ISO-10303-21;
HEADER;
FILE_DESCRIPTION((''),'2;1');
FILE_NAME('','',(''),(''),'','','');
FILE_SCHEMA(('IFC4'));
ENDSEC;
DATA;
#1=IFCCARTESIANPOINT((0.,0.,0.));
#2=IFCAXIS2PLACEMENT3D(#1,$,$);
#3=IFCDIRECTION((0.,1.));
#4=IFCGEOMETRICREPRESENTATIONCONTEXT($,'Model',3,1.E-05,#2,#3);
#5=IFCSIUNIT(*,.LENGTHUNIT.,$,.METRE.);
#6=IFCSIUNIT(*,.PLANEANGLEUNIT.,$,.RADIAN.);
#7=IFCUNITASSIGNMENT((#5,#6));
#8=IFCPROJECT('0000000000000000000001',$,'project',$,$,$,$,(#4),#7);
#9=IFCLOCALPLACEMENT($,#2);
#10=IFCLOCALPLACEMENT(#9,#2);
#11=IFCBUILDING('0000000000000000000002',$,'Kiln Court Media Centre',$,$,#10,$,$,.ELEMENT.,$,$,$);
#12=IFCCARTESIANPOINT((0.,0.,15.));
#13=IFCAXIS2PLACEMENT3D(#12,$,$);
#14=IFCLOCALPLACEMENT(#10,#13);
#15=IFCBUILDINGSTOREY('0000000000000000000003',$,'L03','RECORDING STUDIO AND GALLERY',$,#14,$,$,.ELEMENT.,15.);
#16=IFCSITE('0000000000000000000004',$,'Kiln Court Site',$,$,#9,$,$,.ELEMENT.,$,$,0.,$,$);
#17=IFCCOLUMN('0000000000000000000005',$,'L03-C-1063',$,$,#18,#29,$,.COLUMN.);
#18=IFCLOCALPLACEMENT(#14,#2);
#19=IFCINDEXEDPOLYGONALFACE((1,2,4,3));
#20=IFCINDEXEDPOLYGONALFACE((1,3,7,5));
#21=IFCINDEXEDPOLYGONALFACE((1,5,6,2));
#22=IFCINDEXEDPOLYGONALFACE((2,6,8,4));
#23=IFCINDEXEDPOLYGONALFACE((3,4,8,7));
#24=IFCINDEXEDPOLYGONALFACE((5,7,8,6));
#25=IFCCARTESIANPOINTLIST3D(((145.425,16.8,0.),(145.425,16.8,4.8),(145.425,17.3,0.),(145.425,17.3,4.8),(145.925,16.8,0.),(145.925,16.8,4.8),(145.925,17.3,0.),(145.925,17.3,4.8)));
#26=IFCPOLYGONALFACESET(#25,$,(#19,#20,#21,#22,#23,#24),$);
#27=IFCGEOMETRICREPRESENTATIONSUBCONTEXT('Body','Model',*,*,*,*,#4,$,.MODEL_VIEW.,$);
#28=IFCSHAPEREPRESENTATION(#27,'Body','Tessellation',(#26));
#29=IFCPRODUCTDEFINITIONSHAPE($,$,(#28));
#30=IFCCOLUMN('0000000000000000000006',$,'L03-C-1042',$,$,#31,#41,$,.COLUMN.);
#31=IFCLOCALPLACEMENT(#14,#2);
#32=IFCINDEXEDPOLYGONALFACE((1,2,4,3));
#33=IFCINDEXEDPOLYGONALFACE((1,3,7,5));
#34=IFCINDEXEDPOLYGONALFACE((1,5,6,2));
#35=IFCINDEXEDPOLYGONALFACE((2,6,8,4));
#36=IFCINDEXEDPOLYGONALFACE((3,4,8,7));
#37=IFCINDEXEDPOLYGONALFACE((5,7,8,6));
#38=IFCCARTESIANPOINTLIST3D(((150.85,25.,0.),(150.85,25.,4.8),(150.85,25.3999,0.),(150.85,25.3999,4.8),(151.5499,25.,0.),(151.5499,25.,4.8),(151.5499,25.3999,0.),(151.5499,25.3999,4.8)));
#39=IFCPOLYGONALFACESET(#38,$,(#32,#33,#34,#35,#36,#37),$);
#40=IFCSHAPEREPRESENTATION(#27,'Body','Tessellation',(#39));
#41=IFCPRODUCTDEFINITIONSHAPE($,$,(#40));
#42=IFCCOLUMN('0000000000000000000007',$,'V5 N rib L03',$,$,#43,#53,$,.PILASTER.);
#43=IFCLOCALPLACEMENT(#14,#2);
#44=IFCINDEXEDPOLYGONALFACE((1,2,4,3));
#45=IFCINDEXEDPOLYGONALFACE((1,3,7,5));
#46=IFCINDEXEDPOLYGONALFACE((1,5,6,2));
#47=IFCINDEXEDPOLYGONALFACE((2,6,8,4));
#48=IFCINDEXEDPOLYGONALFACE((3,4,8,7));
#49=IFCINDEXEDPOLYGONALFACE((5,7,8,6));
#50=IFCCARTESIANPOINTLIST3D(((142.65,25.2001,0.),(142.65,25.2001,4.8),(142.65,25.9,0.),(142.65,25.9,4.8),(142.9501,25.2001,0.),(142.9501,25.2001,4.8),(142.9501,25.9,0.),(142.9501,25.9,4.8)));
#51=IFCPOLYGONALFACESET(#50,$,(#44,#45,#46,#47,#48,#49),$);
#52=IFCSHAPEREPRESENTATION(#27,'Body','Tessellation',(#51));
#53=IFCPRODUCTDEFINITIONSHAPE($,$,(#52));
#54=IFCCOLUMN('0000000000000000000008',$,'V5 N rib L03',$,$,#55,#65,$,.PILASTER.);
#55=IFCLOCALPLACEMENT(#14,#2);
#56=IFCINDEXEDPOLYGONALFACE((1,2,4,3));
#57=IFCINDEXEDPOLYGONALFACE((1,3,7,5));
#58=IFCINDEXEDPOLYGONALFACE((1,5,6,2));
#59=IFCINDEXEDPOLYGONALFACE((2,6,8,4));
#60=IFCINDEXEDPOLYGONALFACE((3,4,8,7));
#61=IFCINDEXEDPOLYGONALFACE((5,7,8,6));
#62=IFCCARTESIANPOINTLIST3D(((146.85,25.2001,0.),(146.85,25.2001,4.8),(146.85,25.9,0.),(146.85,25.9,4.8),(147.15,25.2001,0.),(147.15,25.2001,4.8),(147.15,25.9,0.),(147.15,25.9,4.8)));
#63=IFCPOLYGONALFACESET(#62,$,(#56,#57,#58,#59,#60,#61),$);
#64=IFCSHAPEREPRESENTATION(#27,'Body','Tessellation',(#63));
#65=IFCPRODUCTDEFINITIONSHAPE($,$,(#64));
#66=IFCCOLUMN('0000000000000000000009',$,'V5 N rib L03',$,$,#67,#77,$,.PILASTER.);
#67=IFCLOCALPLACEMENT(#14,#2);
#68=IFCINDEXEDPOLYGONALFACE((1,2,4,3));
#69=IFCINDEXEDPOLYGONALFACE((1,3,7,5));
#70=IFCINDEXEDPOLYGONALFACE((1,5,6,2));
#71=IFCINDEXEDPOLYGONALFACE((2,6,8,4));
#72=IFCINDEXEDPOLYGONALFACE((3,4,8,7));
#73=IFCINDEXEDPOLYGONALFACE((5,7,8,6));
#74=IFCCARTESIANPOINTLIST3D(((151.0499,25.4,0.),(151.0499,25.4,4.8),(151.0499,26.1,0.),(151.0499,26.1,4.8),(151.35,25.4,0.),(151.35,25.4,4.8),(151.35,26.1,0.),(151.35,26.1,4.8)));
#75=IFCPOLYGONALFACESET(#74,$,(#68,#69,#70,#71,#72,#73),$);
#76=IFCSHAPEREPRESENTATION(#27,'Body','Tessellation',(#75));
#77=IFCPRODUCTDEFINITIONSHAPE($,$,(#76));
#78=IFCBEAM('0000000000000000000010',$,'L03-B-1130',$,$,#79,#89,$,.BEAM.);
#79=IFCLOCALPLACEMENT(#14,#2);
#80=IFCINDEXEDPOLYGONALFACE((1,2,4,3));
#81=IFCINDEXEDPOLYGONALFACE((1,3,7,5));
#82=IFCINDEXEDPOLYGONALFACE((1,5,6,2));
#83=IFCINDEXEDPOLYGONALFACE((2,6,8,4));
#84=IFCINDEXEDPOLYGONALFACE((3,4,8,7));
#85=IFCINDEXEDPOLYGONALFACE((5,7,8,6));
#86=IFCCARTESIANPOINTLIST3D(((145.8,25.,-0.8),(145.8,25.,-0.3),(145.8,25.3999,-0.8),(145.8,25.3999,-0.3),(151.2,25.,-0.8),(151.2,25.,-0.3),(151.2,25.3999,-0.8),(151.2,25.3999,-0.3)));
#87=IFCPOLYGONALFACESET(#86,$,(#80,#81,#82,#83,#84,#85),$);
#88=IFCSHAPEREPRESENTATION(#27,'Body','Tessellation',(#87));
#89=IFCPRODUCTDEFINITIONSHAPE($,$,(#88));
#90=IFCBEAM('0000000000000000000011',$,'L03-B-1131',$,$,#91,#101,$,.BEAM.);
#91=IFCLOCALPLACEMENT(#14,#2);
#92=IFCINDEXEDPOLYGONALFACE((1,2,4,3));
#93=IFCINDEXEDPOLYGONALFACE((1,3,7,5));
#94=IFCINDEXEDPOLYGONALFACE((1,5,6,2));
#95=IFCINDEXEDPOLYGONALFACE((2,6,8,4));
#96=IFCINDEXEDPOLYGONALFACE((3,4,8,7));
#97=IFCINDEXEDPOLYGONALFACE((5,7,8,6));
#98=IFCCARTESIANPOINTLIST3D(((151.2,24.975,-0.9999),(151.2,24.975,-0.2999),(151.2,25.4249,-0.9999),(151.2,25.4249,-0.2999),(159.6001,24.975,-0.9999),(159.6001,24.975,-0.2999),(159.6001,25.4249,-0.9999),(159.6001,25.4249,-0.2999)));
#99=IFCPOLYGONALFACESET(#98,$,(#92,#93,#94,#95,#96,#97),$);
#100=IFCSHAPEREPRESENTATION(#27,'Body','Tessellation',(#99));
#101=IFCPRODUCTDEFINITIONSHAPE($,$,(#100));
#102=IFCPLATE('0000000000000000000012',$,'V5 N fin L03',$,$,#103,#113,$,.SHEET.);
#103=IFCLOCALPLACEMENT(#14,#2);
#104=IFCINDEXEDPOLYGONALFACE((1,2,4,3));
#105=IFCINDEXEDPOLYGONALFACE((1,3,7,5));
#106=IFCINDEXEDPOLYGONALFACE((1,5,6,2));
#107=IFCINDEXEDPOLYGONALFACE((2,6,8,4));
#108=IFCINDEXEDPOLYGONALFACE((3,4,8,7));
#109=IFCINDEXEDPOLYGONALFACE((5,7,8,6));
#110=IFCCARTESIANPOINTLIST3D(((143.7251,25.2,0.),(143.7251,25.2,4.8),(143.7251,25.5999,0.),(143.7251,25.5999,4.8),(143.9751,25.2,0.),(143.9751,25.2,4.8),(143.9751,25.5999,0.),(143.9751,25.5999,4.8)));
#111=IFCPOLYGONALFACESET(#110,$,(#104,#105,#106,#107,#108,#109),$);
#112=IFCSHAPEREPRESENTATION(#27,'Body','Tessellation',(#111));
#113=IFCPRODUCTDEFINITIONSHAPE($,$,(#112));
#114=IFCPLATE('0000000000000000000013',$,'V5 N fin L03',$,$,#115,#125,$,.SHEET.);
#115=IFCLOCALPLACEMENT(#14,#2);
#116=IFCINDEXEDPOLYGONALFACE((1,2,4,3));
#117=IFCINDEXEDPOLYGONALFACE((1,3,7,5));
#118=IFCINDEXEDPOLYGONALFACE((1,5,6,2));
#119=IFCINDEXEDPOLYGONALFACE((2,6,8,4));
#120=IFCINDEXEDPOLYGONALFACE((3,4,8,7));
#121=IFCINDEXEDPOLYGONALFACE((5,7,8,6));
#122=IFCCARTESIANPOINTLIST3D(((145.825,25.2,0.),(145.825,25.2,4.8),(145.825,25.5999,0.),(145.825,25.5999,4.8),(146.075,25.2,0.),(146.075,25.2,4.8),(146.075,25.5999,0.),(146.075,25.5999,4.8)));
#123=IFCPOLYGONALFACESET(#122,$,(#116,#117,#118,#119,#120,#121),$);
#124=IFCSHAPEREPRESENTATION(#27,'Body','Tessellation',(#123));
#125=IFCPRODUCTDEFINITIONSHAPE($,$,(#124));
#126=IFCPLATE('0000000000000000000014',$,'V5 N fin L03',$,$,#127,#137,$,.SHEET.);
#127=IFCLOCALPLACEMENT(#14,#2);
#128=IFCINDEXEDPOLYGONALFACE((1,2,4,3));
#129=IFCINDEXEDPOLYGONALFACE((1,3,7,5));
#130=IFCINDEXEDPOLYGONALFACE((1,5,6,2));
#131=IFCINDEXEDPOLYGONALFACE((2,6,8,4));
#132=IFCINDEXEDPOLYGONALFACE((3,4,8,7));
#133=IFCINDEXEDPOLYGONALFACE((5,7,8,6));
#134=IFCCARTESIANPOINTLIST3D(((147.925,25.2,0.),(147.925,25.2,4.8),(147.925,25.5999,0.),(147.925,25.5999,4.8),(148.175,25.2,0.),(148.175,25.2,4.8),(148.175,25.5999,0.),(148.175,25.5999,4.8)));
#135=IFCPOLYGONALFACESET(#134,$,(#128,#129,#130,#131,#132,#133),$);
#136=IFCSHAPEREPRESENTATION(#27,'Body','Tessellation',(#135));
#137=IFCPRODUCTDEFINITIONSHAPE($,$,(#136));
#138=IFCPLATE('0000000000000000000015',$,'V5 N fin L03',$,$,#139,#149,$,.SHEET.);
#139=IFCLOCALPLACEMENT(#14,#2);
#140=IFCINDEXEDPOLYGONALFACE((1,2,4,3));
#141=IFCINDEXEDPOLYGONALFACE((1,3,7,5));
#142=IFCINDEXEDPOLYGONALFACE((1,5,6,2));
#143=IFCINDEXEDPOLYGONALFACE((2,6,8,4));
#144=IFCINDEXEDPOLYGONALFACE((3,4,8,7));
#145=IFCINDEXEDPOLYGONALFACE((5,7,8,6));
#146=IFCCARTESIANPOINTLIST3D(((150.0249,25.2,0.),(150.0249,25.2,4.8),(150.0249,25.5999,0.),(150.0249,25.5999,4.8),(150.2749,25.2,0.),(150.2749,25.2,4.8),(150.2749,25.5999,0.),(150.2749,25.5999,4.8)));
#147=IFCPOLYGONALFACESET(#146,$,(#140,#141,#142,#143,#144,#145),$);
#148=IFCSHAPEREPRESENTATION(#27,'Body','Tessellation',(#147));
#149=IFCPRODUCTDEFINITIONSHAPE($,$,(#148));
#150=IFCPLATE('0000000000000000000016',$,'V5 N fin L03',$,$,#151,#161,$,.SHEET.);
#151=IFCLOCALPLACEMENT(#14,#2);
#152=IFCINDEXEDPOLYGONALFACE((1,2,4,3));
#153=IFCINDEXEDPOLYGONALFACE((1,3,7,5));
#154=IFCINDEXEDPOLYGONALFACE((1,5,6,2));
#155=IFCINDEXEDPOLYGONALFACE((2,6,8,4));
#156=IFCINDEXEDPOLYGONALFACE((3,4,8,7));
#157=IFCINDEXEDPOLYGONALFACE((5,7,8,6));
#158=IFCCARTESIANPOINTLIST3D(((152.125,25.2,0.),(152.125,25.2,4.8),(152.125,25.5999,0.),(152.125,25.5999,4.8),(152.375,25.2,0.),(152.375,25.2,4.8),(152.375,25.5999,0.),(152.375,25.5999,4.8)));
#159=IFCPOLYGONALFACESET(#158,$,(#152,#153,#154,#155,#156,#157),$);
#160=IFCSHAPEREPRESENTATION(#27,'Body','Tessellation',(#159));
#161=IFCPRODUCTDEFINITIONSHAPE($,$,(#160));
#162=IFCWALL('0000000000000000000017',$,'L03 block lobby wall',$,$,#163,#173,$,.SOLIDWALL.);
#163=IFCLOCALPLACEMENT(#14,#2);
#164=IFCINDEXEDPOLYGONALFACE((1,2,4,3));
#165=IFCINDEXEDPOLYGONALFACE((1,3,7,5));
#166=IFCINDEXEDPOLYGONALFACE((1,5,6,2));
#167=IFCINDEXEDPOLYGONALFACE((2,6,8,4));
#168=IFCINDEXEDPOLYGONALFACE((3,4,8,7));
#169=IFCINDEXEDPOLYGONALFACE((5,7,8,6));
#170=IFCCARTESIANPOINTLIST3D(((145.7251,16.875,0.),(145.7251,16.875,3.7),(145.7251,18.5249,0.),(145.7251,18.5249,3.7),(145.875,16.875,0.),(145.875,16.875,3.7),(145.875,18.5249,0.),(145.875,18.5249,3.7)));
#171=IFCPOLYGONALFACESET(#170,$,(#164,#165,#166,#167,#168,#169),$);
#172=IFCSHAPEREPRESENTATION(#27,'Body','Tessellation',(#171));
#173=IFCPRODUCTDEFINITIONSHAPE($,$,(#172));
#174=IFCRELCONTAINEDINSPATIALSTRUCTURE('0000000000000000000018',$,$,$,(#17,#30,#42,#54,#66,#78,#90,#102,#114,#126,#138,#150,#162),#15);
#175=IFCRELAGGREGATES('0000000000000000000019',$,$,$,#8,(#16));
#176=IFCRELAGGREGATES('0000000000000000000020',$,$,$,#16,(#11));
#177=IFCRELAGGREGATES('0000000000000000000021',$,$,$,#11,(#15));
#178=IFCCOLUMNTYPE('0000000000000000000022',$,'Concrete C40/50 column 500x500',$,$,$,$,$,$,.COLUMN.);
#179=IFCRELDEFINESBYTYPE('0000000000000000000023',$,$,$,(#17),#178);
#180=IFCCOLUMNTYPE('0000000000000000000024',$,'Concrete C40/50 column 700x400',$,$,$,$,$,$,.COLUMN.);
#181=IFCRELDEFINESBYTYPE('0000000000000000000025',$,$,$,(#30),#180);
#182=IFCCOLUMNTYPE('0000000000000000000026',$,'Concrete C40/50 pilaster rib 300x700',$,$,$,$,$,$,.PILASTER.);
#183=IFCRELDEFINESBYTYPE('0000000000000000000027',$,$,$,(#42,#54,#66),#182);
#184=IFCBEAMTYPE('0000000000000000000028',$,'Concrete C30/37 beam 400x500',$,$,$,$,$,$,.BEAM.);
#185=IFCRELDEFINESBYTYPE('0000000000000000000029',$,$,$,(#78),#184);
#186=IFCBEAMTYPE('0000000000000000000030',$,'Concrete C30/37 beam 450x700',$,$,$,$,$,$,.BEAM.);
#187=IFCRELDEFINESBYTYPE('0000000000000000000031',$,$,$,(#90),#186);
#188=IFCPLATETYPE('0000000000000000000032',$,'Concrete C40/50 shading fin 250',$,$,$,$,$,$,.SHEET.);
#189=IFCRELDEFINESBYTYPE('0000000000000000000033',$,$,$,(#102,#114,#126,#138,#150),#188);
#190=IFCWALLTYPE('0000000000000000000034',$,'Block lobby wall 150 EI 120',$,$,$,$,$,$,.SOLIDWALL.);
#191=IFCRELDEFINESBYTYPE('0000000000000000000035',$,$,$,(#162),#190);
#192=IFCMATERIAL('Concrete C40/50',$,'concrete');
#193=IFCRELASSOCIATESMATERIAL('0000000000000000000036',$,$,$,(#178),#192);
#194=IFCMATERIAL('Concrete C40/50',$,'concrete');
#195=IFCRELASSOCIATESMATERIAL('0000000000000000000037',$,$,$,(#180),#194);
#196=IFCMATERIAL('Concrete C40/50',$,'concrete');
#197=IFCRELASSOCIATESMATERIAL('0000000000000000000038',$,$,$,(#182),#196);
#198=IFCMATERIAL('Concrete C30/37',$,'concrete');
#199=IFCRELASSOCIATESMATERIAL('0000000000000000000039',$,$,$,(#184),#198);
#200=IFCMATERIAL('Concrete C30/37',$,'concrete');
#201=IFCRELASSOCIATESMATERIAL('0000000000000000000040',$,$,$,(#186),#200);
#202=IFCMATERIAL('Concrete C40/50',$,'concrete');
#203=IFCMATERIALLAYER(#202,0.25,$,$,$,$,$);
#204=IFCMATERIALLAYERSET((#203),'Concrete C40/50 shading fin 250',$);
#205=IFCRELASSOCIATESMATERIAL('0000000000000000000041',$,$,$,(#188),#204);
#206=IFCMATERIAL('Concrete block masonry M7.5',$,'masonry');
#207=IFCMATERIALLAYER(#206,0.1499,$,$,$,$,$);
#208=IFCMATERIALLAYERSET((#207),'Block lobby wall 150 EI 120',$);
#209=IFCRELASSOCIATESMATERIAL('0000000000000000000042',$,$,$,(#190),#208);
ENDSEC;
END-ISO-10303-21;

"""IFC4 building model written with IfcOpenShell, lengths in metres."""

from ifc_helpers import new_model, si_unit, direction, frame, frame_2d, origin, origin_2d, place, context, subcontext, project, spatial, rectangle, extrude, material, layer, layer_set, material_profile, profile_set, type_object, element, save


model = new_model("IFC4")

# Units and contexts
model_context = context("Model", 3, precision=1e-05, world=origin(), true_north=direction((0.0, 1.0)))
body_context = subcontext(model_context, "Body", "Model", "MODEL_VIEW")
ifc_project = project(units=[si_unit("LENGTHUNIT", "METRE"), si_unit("PLANEANGLEUNIT", "RADIAN")], contexts=[model_context])

# Site, building, storey
site_placement = place(None, origin())
site = spatial("IfcSite", under=ifc_project, at=site_placement, Name="Kiln Court Site", CompositionType="ELEMENT", RefElevation=0.0)
building_placement = place(site_placement, origin())
building = spatial("IfcBuilding", under=site, at=building_placement, Name="Kiln Court Media Centre", CompositionType="ELEMENT")
storey_placement = place(building_placement, frame((0.0, 0.0, 15.0)))
storey = spatial("IfcBuildingStorey", under=building, at=storey_placement, Name="L03", Description="RECORDING STUDIO AND GALLERY", CompositionType="ELEMENT", Elevation=15.0)

# Columns
ifc_material_1 = material(Name="Concrete C40/50", Category="concrete")
ifc_material_profile_1 = material_profile(ifc_material_1, rectangle(XDim=0.5, YDim=0.5, at=origin_2d()), Name="RC 500x500")
ifc_profile_set_1 = profile_set([ifc_material_profile_1], Name="Concrete C40/50")
column_type_1 = type_object("IfcColumnType", Name="Concrete C40/50 column 500x500", PredefinedType="COLUMN", material=ifc_profile_set_1)
column_1_placement = place(storey_placement, frame((145.675, 17.05, 0.0), z_axis=(0.0, 0.0, 1.0), x_axis=(1.0, 0.0, 0.0)))
element("IfcColumn", 1, at=column_1_placement, inside=storey, type_object=column_type_1, Name="L03-C-1063", PredefinedType="COLUMN", context=body_context, shape_type="SweptSolid", body=[
    extrude(rectangle(XDim=0.5, YDim=0.5, at=origin_2d()), origin(), (0.0, 0.0, 1.0), 4.8),
])
ifc_material_2 = material(Name="Concrete C40/50", Category="concrete")
ifc_material_profile_2 = material_profile(ifc_material_2, rectangle(XDim=0.7, YDim=0.3999, at=origin_2d()), Name="RC 700x400")
ifc_profile_set_2 = profile_set([ifc_material_profile_2], Name="Concrete C40/50")
column_type_2 = type_object("IfcColumnType", Name="Concrete C40/50 column 700x400", PredefinedType="COLUMN", material=ifc_profile_set_2)
column_2_placement = place(storey_placement, frame((151.2, 25.2, 0.0), z_axis=(0.0, 0.0, 1.0), x_axis=(1.0, 0.0, 0.0)))
element("IfcColumn", 2, at=column_2_placement, inside=storey, type_object=column_type_2, Name="L03-C-1042", PredefinedType="COLUMN", context=body_context, shape_type="SweptSolid", body=[
    extrude(rectangle(XDim=0.7, YDim=0.3999, at=origin_2d()), origin(), (0.0, 0.0, 1.0), 4.8),
])
ifc_material_3 = material(Name="Concrete C40/50", Category="concrete")
ifc_material_profile_3 = material_profile(ifc_material_3, rectangle(XDim=0.3, YDim=0.7, at=origin_2d()), Name="RC 300x700")
ifc_profile_set_3 = profile_set([ifc_material_profile_3], Name="Concrete C40/50")
column_type_3 = type_object("IfcColumnType", Name="Concrete C40/50 pilaster rib 300x700", PredefinedType="PILASTER", material=ifc_profile_set_3)
for number, where, z_axis, x_axis, name in (
    (3, (142.8, 25.55, 0.0), (0.0, 0.0, 1.0), (1.0, 0.0, 0.0), "V5 N rib L03"),
    (4, (147.0, 25.55, 0.0), (0.0, 0.0, 1.0), (1.0, 0.0, 0.0), "V5 N rib L03"),
    (5, (151.2, 25.75, 0.0), (0.0, 0.0, 1.0), (1.0, 0.0, 0.0), "V5 N rib L03"),
):
    element("IfcColumn", number, at=place(storey_placement, frame(where, z_axis=z_axis, x_axis=x_axis)), inside=storey, type_object=column_type_3, Name=name, PredefinedType="PILASTER", context=body_context, shape_type="SweptSolid", body=[
        extrude(rectangle(XDim=0.3, YDim=0.7, at=origin_2d()), origin(), (0.0, 0.0, 1.0), 4.8),
    ])

# Beams
ifc_material_4 = material(Name="Concrete C30/37", Category="concrete")
ifc_material_profile_4 = material_profile(ifc_material_4, rectangle(XDim=0.3999, YDim=0.5, at=origin_2d()), Name="RC 400x500")
ifc_profile_set_4 = profile_set([ifc_material_profile_4], Name="Concrete C30/37")
beam_type_1 = type_object("IfcBeamType", Name="Concrete C30/37 beam 400x500", PredefinedType="BEAM", material=ifc_profile_set_4)
beam_1_placement = place(storey_placement, frame((145.8, 25.2, -0.55), z_axis=(1.0, 0.0, 0.0), x_axis=(0.0, 1.0, 0.0)))
element("IfcBeam", 6, at=beam_1_placement, inside=storey, type_object=beam_type_1, Name="L03-B-1130", PredefinedType="BEAM", context=body_context, shape_type="SweptSolid", body=[
    extrude(rectangle(XDim=0.3999, YDim=0.5, at=origin_2d()), origin(), (0.0, 0.0, 1.0), 5.3999),
])
ifc_material_5 = material(Name="Concrete C30/37", Category="concrete")
ifc_material_profile_5 = material_profile(ifc_material_5, rectangle(XDim=0.45, YDim=0.7, at=origin_2d()), Name="RC 450x700")
ifc_profile_set_5 = profile_set([ifc_material_profile_5], Name="Concrete C30/37")
beam_type_2 = type_object("IfcBeamType", Name="Concrete C30/37 beam 450x700", PredefinedType="BEAM", material=ifc_profile_set_5)
beam_2_placement = place(storey_placement, frame((151.2, 25.2, -0.6499), z_axis=(1.0, 0.0, 0.0), x_axis=(0.0, 1.0, 0.0)))
element("IfcBeam", 7, at=beam_2_placement, inside=storey, type_object=beam_type_2, Name="L03-B-1131", PredefinedType="BEAM", context=body_context, shape_type="SweptSolid", body=[
    extrude(rectangle(XDim=0.45, YDim=0.7, at=origin_2d()), origin(), (0.0, 0.0, 1.0), 8.4001),
])

# Plates
ifc_material_6 = material(Name="Concrete C40/50", Category="concrete")
ifc_layer_1 = layer(ifc_material_6, 0.25)
ifc_layer_set_1 = layer_set([ifc_layer_1], Name="Concrete C40/50 shading fin 250")
plate_type = type_object("IfcPlateType", Name="Concrete C40/50 shading fin 250", PredefinedType="SHEET", material=ifc_layer_set_1)
for number, where, z_axis, x_axis, name in (
    (8, (143.8501, 25.3999, 0.0), (0.0, 0.0, 1.0), (1.0, 0.0, 0.0), "V5 N fin L03"),
    (9, (145.95, 25.3999, 0.0), (0.0, 0.0, 1.0), (1.0, 0.0, 0.0), "V5 N fin L03"),
    (10, (148.05, 25.3999, 0.0), (0.0, 0.0, 1.0), (1.0, 0.0, 0.0), "V5 N fin L03"),
    (11, (150.1499, 25.3999, 0.0), (0.0, 0.0, 1.0), (1.0, 0.0, 0.0), "V5 N fin L03"),
    (12, (152.25, 25.3999, 0.0), (0.0, 0.0, 1.0), (1.0, 0.0, 0.0), "V5 N fin L03"),
):
    element("IfcPlate", number, at=place(storey_placement, frame(where, z_axis=z_axis, x_axis=x_axis)), inside=storey, type_object=plate_type, Name=name, PredefinedType="SHEET", context=body_context, shape_type="SweptSolid", body=[
        extrude(rectangle(XDim=0.25, YDim=0.3999, at=origin_2d()), origin(), (0.0, 0.0, 1.0), 4.8),
    ])

# Wall
ifc_material_7 = material(Name="Concrete block masonry M7.5", Category="masonry")
ifc_layer_2 = layer(ifc_material_7, 0.1499)
ifc_layer_set_2 = layer_set([ifc_layer_2], Name="Block lobby wall 150 EI 120")
wall_type_1 = type_object("IfcWallType", Name="Block lobby wall 150 EI 120", PredefinedType="SOLIDWALL", material=ifc_layer_set_2)
wall_1_placement = place(storey_placement, frame((145.8, 16.875, 0.0), z_axis=(0.0, 0.0, 1.0), x_axis=(0.0, 1.0, 0.0)))
element("IfcWall", 13, at=wall_1_placement, inside=storey, type_object=wall_type_1, Name="L03 block lobby wall", PredefinedType="SOLIDWALL", context=body_context, shape_type="SweptSolid", body=[
    extrude(rectangle(XDim=1.6499, YDim=0.1499, at=frame_2d((0.825, 0.0))), origin(), (0.0, 0.0, 1.0), 3.7),
])

save(model, "model.ifc")
